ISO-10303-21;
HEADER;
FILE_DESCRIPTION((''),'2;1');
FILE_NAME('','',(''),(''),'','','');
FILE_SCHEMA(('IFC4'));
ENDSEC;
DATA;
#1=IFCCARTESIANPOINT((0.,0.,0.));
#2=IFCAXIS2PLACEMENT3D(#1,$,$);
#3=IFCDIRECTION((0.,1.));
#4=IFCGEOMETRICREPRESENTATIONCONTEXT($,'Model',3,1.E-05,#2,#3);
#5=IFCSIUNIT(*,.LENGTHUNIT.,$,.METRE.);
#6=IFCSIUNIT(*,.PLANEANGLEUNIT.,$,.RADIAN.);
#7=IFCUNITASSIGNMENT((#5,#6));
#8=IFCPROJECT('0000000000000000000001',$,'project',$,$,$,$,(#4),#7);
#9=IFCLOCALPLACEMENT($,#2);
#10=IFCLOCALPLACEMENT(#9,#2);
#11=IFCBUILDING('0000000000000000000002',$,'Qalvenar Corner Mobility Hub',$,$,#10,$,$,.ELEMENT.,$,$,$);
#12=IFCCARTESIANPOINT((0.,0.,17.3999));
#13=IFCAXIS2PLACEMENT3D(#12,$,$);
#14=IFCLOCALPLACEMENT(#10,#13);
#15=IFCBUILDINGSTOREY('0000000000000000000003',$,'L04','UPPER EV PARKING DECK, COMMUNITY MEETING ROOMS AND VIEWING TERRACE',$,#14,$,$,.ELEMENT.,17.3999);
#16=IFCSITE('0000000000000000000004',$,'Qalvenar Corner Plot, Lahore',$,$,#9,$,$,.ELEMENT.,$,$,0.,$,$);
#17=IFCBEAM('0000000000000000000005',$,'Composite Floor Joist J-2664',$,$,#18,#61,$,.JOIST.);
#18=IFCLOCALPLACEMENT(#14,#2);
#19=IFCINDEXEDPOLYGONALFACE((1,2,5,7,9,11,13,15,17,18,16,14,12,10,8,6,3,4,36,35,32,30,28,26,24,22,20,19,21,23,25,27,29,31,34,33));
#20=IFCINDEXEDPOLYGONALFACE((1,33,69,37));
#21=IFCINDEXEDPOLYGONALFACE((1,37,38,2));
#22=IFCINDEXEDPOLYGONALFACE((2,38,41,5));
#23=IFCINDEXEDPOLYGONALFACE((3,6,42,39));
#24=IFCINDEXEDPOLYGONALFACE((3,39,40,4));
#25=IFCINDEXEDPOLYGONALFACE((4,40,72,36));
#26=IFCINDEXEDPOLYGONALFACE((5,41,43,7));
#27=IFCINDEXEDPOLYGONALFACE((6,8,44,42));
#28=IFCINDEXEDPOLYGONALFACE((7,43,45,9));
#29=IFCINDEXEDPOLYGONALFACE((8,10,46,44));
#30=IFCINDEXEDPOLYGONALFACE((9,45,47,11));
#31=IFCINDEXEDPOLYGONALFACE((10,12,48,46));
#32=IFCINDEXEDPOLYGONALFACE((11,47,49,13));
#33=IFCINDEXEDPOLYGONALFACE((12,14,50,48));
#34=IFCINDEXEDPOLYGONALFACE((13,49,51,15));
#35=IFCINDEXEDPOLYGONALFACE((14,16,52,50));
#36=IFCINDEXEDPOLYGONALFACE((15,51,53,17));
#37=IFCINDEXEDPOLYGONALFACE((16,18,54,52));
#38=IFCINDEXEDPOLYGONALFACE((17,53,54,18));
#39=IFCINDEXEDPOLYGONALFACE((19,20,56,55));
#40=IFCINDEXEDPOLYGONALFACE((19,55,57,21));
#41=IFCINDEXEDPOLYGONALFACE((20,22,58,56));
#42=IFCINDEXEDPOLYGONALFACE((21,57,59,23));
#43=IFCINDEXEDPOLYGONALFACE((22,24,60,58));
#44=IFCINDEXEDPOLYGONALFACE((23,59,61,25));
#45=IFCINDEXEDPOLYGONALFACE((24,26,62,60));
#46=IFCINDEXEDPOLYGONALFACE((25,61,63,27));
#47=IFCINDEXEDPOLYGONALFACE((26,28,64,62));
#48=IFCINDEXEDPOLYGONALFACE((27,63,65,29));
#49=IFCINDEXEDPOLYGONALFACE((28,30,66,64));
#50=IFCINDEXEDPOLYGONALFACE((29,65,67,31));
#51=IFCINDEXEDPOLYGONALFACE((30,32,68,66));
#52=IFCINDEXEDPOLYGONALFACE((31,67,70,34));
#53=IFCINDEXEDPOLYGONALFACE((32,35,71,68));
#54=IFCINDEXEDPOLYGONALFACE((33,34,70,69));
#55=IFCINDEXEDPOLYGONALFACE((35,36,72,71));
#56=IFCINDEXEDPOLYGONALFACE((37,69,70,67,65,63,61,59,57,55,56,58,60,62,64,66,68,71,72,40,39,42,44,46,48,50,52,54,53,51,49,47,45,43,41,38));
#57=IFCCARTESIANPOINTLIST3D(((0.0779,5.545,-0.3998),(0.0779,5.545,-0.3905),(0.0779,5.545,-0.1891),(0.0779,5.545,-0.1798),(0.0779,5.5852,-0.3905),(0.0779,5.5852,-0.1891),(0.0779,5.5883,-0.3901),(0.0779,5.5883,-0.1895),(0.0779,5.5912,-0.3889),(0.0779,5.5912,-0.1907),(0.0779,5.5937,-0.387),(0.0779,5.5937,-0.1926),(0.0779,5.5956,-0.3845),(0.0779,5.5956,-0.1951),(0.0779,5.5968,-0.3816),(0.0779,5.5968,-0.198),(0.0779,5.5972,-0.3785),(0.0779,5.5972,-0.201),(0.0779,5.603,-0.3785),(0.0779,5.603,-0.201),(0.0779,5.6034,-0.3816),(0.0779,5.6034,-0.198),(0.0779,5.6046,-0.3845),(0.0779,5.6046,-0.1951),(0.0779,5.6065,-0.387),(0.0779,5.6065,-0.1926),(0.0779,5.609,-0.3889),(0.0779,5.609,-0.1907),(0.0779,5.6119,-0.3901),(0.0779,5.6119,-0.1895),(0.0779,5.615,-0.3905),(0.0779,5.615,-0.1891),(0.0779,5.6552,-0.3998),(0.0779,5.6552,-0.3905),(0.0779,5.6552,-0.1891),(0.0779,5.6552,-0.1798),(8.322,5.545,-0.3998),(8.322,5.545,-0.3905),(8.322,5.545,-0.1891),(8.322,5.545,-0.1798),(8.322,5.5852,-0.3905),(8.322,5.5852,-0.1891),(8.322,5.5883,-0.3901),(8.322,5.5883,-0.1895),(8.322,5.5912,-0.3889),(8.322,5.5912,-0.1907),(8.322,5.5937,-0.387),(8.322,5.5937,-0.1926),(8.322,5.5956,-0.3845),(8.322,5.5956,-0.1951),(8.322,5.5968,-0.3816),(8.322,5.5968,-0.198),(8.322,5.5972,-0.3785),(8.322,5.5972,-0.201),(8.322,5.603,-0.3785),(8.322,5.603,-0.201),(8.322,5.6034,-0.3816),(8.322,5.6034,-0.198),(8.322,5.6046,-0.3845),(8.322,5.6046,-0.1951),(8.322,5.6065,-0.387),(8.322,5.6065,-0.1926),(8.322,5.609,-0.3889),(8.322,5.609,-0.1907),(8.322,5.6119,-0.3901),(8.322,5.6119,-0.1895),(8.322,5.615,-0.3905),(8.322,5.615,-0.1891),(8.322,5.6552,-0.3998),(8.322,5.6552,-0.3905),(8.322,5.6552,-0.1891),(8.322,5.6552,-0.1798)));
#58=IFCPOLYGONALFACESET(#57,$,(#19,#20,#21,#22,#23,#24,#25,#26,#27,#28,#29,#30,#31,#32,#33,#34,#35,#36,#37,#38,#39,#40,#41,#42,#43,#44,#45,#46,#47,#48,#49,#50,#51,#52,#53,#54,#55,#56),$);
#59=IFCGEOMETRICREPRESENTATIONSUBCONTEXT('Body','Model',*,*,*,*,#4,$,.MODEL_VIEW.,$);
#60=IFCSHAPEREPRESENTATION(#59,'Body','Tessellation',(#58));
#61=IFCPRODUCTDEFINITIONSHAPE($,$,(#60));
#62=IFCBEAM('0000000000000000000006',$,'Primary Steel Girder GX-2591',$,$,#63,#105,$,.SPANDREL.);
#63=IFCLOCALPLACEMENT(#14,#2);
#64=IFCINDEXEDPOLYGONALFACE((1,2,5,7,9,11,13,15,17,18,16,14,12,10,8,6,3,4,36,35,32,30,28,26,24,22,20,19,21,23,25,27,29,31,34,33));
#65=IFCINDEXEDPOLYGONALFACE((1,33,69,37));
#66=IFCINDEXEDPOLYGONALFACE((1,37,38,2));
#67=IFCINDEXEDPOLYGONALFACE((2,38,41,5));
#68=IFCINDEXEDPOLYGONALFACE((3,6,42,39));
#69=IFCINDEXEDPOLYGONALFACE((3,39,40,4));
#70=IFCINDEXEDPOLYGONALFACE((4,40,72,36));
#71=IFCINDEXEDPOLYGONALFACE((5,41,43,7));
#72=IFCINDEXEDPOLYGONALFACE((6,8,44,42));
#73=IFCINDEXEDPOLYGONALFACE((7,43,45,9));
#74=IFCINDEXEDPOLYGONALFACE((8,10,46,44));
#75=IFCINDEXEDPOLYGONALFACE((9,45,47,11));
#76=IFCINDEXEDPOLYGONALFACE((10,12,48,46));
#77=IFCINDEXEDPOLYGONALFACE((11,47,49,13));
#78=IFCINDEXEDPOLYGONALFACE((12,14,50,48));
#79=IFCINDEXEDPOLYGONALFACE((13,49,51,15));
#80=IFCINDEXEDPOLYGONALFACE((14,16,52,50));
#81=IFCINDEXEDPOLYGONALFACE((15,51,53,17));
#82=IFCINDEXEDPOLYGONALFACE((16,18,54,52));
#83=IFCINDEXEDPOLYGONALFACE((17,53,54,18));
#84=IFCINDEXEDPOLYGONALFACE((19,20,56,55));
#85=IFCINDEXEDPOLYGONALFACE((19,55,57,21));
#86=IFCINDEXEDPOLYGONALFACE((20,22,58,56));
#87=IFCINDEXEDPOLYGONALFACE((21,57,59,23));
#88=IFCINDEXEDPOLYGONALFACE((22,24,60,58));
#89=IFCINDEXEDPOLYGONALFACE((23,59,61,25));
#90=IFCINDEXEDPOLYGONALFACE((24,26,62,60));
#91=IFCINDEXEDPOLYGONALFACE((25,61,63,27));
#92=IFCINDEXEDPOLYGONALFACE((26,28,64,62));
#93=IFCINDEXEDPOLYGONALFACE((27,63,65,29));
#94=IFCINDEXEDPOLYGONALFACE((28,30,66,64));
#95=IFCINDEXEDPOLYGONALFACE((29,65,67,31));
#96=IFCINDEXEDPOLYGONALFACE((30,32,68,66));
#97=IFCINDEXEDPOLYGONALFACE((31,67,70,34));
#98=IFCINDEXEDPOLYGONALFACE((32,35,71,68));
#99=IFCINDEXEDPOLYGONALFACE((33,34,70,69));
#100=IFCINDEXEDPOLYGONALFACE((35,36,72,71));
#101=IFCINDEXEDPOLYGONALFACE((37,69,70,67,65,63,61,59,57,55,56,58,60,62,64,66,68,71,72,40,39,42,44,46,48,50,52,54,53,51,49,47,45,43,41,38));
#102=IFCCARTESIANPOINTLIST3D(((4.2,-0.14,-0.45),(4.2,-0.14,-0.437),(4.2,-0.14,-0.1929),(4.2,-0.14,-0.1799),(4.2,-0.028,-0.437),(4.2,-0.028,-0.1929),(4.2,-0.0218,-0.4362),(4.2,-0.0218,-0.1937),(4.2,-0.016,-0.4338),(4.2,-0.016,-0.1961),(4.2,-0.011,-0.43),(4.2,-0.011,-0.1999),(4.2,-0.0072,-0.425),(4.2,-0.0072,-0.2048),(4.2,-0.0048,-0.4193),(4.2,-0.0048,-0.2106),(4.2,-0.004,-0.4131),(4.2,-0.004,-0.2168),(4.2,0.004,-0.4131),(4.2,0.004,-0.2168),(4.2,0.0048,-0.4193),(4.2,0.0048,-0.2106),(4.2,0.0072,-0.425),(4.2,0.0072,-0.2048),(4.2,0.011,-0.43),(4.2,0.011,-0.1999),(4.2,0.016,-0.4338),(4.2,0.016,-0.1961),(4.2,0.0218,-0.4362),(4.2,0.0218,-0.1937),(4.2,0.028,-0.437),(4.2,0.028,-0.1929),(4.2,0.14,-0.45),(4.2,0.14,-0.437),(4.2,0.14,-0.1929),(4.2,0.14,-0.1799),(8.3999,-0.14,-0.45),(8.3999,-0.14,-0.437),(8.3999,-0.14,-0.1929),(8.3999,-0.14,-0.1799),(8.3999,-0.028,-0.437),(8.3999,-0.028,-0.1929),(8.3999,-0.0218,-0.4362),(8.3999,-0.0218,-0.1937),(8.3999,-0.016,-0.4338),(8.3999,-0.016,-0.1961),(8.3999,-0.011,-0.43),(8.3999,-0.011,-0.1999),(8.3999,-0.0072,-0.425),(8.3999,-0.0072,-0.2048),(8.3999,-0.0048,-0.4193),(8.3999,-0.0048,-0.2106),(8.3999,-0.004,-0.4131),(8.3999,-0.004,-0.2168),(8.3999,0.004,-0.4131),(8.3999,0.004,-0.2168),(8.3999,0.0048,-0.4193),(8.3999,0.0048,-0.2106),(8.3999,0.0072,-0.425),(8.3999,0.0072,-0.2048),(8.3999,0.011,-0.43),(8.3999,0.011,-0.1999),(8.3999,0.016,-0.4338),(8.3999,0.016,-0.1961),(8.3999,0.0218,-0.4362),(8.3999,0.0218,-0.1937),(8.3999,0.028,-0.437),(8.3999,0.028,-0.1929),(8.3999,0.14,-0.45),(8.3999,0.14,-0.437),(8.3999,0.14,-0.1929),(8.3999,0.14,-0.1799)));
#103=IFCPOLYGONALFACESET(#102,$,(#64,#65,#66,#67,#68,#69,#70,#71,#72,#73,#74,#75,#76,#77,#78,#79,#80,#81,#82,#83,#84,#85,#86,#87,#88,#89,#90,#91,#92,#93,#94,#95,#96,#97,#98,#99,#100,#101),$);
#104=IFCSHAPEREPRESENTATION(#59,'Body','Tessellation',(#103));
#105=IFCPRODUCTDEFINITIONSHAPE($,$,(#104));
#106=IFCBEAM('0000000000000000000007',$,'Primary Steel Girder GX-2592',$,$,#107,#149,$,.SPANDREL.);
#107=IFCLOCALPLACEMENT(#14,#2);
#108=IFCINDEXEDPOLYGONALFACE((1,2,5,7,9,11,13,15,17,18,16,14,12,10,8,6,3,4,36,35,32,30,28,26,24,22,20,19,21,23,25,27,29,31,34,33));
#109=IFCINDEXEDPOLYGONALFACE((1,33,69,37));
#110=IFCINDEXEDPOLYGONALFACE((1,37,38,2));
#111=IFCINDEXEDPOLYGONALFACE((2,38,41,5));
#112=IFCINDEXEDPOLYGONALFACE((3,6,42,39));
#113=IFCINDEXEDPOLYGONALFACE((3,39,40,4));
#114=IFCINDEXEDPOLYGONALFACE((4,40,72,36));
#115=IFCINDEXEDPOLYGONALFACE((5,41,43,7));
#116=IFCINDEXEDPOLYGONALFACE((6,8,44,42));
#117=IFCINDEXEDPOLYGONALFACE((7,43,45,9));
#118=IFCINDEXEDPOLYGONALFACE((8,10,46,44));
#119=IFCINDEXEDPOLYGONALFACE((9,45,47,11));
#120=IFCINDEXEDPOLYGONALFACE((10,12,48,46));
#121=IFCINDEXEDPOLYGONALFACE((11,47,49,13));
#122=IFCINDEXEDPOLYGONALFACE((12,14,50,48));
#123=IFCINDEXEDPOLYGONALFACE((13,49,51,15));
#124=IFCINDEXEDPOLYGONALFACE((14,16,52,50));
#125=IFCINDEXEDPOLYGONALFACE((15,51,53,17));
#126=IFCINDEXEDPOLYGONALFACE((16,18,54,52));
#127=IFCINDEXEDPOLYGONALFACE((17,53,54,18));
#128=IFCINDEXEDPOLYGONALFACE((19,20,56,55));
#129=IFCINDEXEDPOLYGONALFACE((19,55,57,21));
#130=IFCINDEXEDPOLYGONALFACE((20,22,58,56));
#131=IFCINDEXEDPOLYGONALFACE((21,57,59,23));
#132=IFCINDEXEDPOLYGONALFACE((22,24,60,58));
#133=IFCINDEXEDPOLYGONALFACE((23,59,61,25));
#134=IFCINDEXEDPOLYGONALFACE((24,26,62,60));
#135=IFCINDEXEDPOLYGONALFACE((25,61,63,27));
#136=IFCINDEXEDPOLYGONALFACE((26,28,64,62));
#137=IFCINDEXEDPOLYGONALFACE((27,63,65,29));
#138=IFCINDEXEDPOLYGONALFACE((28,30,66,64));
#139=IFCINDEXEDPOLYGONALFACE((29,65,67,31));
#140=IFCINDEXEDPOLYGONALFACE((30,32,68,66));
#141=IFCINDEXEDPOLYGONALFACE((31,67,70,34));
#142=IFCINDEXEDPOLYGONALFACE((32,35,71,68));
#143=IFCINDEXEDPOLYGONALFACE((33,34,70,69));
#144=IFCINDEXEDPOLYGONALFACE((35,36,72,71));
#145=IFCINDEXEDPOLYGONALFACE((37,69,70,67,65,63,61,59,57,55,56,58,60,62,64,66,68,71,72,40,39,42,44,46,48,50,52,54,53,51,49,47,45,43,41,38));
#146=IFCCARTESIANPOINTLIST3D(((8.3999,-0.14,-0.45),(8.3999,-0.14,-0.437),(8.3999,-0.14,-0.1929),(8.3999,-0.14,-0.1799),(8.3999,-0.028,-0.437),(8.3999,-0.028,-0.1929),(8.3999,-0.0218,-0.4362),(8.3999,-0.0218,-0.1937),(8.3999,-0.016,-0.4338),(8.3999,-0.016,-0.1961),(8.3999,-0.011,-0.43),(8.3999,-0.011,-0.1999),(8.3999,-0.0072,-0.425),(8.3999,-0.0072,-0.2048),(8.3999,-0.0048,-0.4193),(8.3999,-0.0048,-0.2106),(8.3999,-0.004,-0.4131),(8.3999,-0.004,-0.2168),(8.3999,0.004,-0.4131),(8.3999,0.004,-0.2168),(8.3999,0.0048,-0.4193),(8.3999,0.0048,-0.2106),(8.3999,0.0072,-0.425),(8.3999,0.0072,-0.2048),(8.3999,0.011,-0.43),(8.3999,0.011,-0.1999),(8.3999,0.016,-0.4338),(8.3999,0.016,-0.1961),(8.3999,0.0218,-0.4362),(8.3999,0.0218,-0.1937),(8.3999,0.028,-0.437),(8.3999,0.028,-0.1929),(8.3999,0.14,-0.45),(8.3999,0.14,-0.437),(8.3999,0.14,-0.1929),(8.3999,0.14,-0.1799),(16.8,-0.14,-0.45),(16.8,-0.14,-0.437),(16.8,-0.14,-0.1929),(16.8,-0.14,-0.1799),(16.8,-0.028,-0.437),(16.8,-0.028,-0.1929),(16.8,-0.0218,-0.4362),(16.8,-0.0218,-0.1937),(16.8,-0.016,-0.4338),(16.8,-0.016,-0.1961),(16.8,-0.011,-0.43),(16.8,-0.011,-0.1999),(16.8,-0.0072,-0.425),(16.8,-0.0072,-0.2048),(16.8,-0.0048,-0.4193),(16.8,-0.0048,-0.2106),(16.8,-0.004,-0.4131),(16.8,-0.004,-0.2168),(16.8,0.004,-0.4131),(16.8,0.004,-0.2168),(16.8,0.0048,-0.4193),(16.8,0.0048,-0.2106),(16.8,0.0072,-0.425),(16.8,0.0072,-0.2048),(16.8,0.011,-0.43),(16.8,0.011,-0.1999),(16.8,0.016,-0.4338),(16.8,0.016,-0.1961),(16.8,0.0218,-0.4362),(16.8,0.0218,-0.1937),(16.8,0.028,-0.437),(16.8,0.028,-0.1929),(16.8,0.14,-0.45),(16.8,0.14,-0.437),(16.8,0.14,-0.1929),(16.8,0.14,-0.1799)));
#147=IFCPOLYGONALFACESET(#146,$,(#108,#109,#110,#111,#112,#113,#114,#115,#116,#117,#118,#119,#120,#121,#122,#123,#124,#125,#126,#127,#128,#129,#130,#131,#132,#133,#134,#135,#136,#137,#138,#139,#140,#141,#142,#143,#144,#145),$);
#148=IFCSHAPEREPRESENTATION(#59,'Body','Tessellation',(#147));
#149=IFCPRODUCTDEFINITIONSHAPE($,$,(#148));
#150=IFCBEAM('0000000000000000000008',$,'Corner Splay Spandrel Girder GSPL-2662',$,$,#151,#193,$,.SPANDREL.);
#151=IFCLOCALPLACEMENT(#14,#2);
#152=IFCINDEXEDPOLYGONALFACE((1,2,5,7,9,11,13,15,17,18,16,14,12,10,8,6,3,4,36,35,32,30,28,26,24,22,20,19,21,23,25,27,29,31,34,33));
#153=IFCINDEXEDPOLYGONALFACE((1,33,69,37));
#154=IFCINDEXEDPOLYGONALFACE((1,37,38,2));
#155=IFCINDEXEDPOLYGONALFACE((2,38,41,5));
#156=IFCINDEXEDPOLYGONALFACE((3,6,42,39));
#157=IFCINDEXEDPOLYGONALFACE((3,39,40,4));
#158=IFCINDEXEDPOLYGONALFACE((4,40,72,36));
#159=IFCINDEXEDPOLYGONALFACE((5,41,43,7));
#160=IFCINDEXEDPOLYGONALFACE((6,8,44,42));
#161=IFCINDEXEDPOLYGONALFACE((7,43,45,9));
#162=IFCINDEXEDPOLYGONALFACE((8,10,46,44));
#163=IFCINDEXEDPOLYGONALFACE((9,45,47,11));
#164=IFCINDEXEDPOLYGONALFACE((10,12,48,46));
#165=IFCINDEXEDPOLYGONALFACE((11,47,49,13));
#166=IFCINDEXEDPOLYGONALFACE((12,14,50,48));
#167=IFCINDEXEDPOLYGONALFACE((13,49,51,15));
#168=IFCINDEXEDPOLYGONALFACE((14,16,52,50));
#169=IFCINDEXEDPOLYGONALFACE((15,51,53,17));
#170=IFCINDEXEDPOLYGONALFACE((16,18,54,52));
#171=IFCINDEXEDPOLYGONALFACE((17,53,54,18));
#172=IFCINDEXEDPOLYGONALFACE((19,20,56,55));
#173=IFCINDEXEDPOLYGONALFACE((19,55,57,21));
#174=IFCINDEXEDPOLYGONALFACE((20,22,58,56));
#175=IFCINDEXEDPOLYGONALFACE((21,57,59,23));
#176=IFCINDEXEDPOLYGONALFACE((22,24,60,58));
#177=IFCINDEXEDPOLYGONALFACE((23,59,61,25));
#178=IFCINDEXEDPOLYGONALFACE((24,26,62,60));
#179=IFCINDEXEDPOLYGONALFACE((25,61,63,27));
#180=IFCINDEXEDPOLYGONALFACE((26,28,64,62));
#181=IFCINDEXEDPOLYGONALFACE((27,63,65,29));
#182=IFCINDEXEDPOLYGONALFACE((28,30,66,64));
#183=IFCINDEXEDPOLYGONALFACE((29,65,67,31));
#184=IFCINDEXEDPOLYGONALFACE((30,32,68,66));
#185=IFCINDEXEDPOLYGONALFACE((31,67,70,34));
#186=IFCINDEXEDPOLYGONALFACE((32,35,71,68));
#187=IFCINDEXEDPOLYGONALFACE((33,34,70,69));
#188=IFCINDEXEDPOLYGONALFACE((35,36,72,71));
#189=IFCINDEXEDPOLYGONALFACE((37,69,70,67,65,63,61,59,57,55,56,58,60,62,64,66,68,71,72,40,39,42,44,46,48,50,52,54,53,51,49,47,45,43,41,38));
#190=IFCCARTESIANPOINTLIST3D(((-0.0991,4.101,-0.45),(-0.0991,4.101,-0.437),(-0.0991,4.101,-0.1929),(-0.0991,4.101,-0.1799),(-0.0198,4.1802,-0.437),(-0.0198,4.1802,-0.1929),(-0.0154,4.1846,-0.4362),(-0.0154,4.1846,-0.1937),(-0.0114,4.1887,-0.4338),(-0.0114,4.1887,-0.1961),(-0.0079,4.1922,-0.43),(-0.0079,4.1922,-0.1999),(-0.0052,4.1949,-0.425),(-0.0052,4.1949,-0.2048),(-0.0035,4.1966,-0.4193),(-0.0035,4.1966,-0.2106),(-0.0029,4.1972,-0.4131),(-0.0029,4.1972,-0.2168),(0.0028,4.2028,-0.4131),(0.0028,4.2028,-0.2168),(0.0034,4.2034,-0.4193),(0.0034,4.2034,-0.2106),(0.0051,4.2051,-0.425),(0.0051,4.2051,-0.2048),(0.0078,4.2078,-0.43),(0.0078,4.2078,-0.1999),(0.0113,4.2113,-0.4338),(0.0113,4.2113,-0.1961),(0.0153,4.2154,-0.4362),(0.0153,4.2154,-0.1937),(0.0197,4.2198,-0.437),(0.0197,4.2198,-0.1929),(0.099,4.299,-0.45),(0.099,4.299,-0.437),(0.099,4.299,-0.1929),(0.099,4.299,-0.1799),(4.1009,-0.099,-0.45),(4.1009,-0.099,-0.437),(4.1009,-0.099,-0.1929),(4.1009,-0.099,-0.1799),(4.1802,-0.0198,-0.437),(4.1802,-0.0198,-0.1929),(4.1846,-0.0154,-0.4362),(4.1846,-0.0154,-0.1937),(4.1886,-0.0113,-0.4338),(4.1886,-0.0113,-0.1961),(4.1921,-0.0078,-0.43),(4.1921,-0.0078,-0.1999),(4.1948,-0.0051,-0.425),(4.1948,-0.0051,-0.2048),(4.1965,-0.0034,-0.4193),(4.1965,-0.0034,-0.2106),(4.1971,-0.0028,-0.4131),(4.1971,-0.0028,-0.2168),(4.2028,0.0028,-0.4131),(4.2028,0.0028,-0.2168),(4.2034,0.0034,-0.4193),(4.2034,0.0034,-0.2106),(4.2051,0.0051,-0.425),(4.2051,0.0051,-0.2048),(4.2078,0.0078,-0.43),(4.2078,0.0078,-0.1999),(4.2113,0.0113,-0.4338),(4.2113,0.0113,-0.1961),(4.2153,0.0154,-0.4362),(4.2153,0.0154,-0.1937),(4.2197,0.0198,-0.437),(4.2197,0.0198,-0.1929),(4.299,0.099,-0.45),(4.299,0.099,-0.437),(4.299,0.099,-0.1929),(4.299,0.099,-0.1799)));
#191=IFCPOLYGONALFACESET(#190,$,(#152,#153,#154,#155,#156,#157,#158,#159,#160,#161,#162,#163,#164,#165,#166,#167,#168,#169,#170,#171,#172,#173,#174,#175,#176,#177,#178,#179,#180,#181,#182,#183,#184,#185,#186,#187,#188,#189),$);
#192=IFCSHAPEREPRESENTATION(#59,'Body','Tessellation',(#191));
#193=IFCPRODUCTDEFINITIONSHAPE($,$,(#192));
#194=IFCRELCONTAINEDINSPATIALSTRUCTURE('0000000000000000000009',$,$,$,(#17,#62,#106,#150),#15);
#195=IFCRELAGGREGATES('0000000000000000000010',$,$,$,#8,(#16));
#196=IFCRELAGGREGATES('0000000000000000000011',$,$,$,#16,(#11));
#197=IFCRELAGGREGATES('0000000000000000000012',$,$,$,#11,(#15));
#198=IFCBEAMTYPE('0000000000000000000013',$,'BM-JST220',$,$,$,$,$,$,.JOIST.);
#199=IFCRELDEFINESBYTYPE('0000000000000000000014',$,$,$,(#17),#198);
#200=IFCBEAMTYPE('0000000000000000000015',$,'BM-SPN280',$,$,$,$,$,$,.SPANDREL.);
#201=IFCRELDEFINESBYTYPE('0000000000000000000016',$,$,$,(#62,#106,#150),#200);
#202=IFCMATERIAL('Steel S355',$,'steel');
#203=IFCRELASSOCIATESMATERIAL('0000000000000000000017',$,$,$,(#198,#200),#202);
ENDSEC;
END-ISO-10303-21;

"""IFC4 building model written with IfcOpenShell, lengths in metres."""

from ifc_helpers import new_model, si_unit, direction, frame, origin, origin_2d, place, context, subcontext, project, spatial, i_section, extrude, material, material_profile, profile_set, type_object, element, save


model = new_model("IFC4")

# Units and contexts
model_context = context("Model", 3, precision=1e-05, world=origin(), true_north=direction((0.0, 1.0)))
body_context = subcontext(model_context, "Body", "Model", "MODEL_VIEW")
ifc_project = project(units=[si_unit("LENGTHUNIT", "METRE"), si_unit("PLANEANGLEUNIT", "RADIAN")], contexts=[model_context])

# Site, building, storey
site_placement = place(None, origin())
site = spatial("IfcSite", under=ifc_project, at=site_placement, Name="Qalvenar Corner Plot, Lahore", CompositionType="ELEMENT", RefElevation=0.0)
building_placement = place(site_placement, origin())
building = spatial("IfcBuilding", under=site, at=building_placement, Name="Qalvenar Corner Mobility Hub", CompositionType="ELEMENT")
storey_placement = place(building_placement, frame((0.0, 0.0, 17.3999)))
storey = spatial("IfcBuildingStorey", under=building, at=storey_placement, Name="L04", Description="UPPER EV PARKING DECK, COMMUNITY MEETING ROOMS AND VIEWING TERRACE", CompositionType="ELEMENT", Elevation=17.3999)

# Shared definitions
ifc_material_1 = material(Name="Steel S355", Category="steel")

# Beams
ifc_material_profile_1 = material_profile(ifc_material_1, i_section(OverallWidth=0.1101, OverallDepth=0.22, WebThickness=0.0059, FlangeThickness=0.0093, FilletRadius=0.012, at=origin_2d()), Name="IPE220")
ifc_profile_set_1 = profile_set([ifc_material_profile_1], Name="Steel S355")
beam_type_1 = type_object("IfcBeamType", Name="BM-JST220", PredefinedType="JOIST", material=ifc_profile_set_1)
beam_1_placement = place(storey_placement, frame((0.0779, 5.6001, -0.2898), z_axis=(1.0, 0.0, 0.0), x_axis=(0.0, 1.0, 0.0)))
element("IfcBeam", 1, at=beam_1_placement, inside=storey, type_object=beam_type_1, Name="Composite Floor Joist J-2664", PredefinedType="JOIST", context=body_context, shape_type="SweptSolid", body=[
    extrude(i_section(OverallWidth=0.1101, OverallDepth=0.22, WebThickness=0.0059, FlangeThickness=0.0093, FilletRadius=0.012, at=origin_2d()), origin(), (0.0, 0.0, 1.0), 8.2441),
])
ifc_material_profile_2 = material_profile(ifc_material_1, i_section(OverallWidth=0.28, OverallDepth=0.27, WebThickness=0.0081, FlangeThickness=0.0129, FilletRadius=0.0239, at=origin_2d()), Name="HEA280")
ifc_profile_set_2 = profile_set([ifc_material_profile_2], Name="Steel S355")
beam_type_2 = type_object("IfcBeamType", Name="BM-SPN280", PredefinedType="SPANDREL", material=ifc_profile_set_2)
beam_2_placement = place(storey_placement, frame((4.2, 0.0, -0.3149), z_axis=(1.0, 0.0, 0.0), x_axis=(0.0, 1.0, 0.0)))
element("IfcBeam", 2, at=beam_2_placement, inside=storey, type_object=beam_type_2, Name="Primary Steel Girder GX-2591", PredefinedType="SPANDREL", context=body_context, shape_type="SweptSolid", body=[
    extrude(i_section(OverallWidth=0.28, OverallDepth=0.27, WebThickness=0.0081, FlangeThickness=0.0129, FilletRadius=0.0239, at=origin_2d()), origin(), (0.0, 0.0, 1.0), 4.2),
])
beam_3_placement = place(storey_placement, frame((8.3999, 0.0, -0.3149), z_axis=(1.0, 0.0, 0.0), x_axis=(0.0, 1.0, 0.0)))
element("IfcBeam", 3, at=beam_3_placement, inside=storey, type_object=beam_type_2, Name="Primary Steel Girder GX-2592", PredefinedType="SPANDREL", context=body_context, shape_type="SweptSolid", body=[
    extrude(i_section(OverallWidth=0.28, OverallDepth=0.27, WebThickness=0.0081, FlangeThickness=0.0129, FilletRadius=0.0239, at=origin_2d()), origin(), (0.0, 0.0, 1.0), 8.4001),
])
beam_4_placement = place(storey_placement, frame((4.2, 0.0, -0.3149), z_axis=(-0.707107, 0.707107, 0.0), x_axis=(-0.707107, -0.707107, 0.0)))
element("IfcBeam", 4, at=beam_4_placement, inside=storey, type_object=beam_type_2, Name="Corner Splay Spandrel Girder GSPL-2662", PredefinedType="SPANDREL", context=body_context, shape_type="SweptSolid", body=[
    extrude(i_section(OverallWidth=0.28, OverallDepth=0.27, WebThickness=0.0081, FlangeThickness=0.0129, FilletRadius=0.0239, at=origin_2d()), origin(), (0.0, 0.0, 1.0), 5.9397),
])

save(model, "model.ifc")
